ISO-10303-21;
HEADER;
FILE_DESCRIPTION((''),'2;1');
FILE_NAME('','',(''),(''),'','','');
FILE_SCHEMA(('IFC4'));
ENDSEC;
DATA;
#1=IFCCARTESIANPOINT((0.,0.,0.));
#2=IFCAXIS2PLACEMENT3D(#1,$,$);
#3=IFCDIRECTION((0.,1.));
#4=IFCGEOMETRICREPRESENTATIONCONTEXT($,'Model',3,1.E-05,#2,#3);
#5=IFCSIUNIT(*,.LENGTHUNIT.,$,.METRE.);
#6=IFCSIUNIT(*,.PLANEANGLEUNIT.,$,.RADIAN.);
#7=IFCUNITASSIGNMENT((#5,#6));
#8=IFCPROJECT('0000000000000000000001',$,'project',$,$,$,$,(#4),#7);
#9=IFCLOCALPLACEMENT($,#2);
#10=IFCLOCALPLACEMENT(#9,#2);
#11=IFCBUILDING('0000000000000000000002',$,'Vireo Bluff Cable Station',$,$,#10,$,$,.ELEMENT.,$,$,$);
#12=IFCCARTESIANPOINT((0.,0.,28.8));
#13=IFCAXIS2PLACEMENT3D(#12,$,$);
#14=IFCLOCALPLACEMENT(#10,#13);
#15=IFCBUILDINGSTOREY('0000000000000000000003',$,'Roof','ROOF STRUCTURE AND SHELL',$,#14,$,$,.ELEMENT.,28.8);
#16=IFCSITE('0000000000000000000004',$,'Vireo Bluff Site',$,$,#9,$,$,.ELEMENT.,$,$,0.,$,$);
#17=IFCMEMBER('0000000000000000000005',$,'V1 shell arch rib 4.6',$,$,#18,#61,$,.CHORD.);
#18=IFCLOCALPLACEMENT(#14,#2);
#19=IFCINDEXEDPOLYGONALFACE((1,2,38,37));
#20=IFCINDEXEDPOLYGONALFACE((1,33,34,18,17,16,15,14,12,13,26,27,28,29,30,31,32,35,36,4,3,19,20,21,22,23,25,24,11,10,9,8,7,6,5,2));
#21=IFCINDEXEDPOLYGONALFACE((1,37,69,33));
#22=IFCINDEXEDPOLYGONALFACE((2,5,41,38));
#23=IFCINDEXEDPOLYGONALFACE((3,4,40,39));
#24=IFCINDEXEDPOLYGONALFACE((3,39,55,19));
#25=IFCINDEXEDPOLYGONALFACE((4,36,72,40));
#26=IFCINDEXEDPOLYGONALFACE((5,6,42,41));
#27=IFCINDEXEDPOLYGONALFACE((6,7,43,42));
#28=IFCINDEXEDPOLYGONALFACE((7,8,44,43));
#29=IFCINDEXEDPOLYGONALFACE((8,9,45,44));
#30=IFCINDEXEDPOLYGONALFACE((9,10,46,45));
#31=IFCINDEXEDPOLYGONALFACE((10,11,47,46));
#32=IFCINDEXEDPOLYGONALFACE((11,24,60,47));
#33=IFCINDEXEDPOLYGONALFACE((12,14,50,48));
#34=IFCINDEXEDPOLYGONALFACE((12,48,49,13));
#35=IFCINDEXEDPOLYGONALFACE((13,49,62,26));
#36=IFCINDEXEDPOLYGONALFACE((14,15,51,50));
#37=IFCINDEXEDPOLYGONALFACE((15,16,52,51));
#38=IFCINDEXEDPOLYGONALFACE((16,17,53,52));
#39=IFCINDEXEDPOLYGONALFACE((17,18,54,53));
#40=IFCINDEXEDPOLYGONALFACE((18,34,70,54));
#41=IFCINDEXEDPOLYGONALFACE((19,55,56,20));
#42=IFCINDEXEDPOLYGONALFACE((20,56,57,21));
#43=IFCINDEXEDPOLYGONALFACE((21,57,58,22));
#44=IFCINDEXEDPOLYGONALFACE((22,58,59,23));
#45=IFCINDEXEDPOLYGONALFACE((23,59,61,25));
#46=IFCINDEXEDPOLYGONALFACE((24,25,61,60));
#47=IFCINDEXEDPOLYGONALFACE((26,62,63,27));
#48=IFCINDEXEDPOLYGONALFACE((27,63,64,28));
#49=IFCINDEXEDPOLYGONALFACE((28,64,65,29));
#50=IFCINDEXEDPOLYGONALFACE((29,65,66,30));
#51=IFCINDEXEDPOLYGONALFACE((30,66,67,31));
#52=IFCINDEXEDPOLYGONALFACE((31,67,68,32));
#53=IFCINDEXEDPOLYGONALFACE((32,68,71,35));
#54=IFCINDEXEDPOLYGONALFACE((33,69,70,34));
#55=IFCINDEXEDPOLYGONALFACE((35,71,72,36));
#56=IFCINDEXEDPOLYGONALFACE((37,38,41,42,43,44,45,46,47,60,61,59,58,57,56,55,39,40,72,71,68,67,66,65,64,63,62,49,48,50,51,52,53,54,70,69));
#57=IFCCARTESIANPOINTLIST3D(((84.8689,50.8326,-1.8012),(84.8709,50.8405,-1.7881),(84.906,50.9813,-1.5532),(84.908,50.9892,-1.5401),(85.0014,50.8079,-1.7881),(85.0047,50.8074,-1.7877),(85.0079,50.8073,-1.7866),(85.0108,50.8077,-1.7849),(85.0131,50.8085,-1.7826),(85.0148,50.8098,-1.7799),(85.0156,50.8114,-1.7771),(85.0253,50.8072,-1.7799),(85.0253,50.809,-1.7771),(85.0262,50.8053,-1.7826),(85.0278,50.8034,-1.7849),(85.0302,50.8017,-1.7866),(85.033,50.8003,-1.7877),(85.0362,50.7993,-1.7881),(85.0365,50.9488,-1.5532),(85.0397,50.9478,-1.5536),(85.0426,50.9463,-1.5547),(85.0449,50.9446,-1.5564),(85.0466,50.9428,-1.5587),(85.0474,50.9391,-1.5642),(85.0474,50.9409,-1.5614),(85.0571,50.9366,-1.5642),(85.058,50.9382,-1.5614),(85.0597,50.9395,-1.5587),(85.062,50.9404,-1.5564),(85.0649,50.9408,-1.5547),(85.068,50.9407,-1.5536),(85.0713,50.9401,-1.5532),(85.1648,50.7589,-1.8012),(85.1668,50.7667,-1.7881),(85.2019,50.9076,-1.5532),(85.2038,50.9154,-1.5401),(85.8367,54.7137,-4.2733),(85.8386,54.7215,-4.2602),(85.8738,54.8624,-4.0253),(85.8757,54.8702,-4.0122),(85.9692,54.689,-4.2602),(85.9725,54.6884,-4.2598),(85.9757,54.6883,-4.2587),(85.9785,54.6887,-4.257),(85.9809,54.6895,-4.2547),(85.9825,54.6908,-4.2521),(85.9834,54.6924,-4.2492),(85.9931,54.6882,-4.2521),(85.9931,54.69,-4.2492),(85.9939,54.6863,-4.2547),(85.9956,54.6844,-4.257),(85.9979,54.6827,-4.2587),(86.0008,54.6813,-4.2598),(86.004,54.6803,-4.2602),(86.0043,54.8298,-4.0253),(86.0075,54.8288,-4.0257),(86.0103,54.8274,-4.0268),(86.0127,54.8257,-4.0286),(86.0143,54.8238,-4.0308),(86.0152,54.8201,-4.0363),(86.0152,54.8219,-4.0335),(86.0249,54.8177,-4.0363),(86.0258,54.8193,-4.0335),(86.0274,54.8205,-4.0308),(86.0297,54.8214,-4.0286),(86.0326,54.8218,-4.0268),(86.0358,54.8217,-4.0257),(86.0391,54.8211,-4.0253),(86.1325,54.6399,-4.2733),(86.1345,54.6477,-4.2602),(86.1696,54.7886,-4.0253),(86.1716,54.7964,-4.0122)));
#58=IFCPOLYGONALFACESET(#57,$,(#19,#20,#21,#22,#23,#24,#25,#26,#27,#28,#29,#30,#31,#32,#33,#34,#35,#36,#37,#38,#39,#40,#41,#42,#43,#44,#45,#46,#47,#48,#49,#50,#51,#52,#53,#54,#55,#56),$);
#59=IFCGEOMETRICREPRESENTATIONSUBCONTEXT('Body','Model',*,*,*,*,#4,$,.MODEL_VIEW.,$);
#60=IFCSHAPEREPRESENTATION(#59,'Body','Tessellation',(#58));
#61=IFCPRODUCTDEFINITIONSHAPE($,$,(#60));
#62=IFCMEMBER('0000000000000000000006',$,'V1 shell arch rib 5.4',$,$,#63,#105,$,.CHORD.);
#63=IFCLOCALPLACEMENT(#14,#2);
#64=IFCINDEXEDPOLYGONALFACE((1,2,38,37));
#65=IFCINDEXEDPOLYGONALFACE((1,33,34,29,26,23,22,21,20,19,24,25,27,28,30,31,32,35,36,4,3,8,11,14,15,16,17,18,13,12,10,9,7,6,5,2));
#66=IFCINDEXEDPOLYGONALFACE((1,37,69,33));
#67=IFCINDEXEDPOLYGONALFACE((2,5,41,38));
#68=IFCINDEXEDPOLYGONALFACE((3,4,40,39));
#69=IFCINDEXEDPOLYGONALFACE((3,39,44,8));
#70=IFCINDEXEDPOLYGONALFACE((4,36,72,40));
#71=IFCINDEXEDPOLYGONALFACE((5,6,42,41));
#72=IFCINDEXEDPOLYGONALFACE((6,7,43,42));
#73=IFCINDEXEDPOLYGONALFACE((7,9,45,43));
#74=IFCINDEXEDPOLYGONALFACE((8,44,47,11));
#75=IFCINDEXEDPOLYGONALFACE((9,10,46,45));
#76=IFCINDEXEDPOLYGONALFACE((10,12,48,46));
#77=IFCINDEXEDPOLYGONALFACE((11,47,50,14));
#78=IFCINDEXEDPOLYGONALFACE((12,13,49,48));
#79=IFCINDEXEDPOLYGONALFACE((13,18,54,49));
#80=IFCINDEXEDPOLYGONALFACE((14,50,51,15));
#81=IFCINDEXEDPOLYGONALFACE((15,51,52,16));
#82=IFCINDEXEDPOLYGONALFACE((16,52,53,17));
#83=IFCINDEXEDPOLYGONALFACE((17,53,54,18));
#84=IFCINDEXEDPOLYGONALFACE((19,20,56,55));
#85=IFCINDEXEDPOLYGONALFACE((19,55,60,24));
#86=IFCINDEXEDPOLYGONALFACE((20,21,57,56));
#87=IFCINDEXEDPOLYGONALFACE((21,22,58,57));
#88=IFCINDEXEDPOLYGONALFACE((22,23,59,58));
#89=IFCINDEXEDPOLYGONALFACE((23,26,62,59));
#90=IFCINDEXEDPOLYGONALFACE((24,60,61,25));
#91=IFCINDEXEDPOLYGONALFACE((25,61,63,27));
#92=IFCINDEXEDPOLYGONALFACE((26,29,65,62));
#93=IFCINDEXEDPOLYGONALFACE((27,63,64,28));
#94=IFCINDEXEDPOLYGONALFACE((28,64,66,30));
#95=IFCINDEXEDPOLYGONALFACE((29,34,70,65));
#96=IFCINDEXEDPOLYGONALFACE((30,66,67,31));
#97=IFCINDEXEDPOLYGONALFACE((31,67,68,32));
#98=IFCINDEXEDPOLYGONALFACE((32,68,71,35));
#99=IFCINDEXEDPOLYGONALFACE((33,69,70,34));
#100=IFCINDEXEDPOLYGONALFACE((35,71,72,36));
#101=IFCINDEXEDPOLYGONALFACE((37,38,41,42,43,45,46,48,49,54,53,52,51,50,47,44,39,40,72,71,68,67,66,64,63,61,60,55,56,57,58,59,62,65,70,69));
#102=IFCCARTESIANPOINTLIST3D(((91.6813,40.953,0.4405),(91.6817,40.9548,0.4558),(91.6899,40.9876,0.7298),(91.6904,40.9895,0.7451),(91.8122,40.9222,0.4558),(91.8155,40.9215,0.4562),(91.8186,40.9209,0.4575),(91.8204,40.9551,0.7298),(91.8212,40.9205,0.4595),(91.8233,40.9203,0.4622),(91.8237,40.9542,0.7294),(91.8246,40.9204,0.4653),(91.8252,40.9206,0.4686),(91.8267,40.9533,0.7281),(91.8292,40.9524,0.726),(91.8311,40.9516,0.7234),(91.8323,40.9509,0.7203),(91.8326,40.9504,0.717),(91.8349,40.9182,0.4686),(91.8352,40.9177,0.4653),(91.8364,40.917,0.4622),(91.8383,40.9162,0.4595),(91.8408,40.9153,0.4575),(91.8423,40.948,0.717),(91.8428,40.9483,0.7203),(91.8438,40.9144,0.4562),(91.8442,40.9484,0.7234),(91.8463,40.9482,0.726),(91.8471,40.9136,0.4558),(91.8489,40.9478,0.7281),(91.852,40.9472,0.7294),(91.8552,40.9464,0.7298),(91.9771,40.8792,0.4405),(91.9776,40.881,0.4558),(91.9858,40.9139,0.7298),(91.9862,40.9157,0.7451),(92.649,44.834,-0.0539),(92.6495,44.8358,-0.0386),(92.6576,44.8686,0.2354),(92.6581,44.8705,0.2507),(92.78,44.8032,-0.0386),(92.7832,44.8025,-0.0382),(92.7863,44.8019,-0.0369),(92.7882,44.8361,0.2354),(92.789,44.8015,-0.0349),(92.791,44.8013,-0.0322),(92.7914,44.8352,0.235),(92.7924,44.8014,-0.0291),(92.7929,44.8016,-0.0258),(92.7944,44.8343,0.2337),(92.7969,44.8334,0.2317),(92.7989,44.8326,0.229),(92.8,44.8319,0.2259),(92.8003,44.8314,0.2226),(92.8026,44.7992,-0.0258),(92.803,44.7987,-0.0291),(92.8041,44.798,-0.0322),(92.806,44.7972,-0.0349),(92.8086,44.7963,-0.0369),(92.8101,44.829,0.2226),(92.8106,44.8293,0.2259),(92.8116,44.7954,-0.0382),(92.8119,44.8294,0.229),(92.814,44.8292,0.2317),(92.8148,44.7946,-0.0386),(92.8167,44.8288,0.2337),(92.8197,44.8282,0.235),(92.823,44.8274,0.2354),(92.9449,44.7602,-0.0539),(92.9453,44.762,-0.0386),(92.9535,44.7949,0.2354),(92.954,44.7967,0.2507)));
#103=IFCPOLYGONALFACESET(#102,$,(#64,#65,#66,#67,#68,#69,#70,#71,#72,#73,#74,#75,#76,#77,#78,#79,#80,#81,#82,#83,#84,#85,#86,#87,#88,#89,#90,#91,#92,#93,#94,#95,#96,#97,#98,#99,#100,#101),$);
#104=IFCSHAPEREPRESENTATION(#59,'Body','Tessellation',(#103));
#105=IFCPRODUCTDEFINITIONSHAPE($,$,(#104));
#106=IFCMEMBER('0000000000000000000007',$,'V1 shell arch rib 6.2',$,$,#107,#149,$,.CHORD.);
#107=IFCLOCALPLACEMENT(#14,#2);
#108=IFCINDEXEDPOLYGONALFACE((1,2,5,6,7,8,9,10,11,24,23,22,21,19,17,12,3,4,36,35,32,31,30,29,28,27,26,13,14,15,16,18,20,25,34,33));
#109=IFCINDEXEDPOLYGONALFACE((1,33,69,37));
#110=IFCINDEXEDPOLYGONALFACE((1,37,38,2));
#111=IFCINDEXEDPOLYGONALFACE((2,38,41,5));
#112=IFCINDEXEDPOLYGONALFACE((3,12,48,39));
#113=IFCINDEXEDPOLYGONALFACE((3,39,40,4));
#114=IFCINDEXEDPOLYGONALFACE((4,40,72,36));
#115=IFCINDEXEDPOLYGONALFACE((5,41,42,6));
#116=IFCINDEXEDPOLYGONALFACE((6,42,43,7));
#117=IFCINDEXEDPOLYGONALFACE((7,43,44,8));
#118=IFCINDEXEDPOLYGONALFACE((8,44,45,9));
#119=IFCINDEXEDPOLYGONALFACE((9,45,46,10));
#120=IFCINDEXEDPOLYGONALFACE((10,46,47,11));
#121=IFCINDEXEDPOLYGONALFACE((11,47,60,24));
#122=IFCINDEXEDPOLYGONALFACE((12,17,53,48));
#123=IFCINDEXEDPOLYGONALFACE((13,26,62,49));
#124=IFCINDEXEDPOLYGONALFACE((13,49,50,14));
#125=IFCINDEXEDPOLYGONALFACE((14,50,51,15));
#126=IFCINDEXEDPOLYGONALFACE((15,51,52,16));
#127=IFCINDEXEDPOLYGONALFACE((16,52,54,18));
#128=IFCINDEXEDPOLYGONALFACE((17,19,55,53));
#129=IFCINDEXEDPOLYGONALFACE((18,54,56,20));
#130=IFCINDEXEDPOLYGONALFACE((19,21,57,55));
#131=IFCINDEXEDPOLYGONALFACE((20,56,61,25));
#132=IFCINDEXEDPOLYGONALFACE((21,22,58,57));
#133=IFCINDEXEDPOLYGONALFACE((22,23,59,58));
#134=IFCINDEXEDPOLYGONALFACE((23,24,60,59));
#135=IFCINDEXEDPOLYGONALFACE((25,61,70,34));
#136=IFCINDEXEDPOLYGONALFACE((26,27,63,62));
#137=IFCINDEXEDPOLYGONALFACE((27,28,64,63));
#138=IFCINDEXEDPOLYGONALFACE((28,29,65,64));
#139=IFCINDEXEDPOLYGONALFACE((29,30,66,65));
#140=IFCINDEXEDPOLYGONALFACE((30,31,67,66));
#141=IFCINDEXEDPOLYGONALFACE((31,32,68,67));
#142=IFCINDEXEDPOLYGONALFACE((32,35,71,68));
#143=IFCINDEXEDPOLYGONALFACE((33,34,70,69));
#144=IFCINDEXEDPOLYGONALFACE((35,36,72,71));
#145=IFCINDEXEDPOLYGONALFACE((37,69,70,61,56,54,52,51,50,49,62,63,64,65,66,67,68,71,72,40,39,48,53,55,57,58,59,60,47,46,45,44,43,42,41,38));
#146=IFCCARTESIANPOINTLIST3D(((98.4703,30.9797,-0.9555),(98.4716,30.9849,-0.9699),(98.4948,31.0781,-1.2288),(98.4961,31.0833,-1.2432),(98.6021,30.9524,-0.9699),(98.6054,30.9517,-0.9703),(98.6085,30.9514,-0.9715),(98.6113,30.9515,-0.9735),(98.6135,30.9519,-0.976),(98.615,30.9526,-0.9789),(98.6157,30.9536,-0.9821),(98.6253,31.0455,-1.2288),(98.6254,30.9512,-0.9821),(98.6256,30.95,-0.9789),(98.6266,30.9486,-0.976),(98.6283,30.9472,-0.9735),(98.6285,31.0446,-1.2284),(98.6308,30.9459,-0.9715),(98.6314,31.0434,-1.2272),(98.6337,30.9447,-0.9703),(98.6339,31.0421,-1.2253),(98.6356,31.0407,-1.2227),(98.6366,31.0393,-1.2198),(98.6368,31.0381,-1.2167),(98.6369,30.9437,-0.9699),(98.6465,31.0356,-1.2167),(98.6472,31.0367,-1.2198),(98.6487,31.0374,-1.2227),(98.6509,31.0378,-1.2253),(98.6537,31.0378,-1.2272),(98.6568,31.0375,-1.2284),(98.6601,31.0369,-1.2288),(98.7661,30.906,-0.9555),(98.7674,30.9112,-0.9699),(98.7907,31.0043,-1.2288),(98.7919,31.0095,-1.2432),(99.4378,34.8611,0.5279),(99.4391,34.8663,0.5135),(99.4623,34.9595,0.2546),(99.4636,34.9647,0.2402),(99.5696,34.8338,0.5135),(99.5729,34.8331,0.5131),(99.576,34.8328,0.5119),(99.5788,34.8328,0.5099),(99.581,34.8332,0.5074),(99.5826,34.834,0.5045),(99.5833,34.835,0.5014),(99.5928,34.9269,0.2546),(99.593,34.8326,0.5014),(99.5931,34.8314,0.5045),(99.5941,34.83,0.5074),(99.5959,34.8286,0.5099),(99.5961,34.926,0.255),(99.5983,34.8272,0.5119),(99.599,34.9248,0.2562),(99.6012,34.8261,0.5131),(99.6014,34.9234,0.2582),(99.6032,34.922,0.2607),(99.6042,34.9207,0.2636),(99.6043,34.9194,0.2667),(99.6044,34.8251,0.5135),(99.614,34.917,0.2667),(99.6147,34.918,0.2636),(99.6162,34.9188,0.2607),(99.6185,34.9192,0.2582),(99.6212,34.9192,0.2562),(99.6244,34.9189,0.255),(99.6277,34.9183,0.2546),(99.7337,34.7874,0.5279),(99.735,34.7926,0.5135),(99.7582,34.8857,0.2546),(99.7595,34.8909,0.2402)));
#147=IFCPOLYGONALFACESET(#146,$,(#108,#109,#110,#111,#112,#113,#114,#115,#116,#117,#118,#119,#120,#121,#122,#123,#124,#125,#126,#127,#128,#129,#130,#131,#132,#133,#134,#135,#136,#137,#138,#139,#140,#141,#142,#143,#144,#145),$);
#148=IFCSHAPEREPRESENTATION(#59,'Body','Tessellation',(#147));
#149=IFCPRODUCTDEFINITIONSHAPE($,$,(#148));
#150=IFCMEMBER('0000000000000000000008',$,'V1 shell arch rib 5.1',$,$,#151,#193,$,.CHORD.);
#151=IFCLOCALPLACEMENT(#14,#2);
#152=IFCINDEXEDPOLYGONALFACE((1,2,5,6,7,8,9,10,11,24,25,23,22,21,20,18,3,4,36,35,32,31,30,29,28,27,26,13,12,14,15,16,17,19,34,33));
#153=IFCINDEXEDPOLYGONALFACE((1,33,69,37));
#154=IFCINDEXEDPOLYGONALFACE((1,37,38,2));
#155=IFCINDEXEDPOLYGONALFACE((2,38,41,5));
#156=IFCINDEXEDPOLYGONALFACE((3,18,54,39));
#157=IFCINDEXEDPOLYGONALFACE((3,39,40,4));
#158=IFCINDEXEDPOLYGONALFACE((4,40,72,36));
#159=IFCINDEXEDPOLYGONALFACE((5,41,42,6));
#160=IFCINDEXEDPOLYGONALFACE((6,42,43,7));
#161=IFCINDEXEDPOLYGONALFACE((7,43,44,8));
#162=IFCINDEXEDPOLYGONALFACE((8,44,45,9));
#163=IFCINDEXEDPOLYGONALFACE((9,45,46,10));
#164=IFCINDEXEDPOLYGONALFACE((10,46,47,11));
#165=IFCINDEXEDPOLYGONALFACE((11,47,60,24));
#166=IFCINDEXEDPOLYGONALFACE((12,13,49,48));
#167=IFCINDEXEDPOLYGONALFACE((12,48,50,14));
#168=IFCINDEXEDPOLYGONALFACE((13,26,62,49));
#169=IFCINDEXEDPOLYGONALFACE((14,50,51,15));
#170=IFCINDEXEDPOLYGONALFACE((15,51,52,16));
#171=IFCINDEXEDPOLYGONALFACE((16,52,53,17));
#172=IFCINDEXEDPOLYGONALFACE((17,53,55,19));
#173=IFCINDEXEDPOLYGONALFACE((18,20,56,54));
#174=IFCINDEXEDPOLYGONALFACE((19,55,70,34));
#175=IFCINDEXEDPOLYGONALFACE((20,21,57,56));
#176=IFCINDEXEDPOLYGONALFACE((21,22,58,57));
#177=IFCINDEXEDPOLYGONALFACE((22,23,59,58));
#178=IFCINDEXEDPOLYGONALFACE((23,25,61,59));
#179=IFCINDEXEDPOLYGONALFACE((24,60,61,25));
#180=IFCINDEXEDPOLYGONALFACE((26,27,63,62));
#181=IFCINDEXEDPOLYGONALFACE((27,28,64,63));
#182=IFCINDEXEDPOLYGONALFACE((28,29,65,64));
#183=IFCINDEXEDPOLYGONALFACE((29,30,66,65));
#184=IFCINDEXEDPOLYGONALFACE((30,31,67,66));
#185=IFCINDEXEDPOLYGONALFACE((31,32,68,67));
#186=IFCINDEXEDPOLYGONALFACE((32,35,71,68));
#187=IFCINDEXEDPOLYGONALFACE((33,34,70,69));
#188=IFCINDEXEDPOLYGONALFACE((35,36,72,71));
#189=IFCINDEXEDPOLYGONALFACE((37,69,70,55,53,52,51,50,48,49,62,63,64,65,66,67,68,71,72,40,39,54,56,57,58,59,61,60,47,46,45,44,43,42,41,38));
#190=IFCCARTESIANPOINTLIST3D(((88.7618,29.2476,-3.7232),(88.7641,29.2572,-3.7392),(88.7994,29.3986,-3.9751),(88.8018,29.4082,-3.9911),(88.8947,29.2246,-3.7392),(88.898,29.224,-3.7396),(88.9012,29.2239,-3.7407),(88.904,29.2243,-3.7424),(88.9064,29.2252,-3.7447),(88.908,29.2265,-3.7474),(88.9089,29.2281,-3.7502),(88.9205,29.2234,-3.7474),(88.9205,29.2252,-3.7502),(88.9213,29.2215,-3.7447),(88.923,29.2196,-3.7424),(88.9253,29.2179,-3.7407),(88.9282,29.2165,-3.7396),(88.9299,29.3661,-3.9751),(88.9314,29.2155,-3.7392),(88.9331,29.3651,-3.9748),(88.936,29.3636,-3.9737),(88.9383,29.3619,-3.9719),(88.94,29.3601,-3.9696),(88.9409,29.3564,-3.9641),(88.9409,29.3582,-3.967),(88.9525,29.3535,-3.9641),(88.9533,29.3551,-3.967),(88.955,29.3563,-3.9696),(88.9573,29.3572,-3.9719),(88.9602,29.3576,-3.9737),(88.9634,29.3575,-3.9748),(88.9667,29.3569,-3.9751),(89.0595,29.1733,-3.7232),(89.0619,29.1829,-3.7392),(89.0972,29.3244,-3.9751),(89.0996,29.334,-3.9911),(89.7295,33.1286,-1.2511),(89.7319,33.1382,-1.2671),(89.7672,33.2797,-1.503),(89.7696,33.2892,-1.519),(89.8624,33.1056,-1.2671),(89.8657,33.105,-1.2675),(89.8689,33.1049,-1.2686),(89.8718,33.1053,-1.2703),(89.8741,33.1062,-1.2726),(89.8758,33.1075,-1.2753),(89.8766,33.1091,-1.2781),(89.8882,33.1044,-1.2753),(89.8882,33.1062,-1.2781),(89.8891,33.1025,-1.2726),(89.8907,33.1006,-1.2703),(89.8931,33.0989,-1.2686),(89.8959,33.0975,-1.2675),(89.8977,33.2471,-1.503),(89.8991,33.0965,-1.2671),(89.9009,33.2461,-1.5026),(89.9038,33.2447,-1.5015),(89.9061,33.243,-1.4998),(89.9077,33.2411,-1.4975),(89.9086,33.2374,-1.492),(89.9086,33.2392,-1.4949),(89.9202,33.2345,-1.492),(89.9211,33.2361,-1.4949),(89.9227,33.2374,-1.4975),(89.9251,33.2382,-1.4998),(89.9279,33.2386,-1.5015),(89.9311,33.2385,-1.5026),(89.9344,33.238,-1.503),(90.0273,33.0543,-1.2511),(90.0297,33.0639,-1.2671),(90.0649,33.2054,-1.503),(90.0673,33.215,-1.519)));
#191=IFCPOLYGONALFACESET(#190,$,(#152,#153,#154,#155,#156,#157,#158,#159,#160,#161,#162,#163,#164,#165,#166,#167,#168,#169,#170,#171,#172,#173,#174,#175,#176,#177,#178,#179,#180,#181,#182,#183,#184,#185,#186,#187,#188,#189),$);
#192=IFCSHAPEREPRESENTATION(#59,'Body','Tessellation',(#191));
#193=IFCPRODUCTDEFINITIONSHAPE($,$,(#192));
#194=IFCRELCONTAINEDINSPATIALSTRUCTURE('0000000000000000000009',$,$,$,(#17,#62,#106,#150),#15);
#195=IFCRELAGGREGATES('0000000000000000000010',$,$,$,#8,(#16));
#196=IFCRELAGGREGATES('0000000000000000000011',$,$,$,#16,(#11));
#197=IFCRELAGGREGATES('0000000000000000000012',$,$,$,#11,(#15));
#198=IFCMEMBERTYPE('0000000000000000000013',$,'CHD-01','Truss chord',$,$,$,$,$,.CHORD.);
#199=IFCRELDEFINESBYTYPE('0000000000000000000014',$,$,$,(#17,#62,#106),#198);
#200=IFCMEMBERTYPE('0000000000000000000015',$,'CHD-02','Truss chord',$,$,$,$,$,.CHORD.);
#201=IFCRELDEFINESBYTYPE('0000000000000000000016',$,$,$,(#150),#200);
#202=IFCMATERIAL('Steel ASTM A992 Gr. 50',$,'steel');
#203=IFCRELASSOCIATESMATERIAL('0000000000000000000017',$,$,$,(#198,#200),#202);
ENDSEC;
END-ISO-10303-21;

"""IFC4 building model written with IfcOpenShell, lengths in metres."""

from ifc_helpers import new_model, si_unit, direction, frame, origin, origin_2d, place, context, subcontext, project, spatial, i_section, extrude, material, material_profile, profile_set, type_object, element, save


model = new_model("IFC4")

# Units and contexts
model_context = context("Model", 3, precision=1e-05, world=origin(), true_north=direction((0.0, 1.0)))
body_context = subcontext(model_context, "Body", "Model", "MODEL_VIEW")
ifc_project = project(units=[si_unit("LENGTHUNIT", "METRE"), si_unit("PLANEANGLEUNIT", "RADIAN")], contexts=[model_context])

# Site, building, storey
site_placement = place(None, origin())
site = spatial("IfcSite", under=ifc_project, at=site_placement, Name="Vireo Bluff Site", CompositionType="ELEMENT", RefElevation=0.0)
building_placement = place(site_placement, origin())
building = spatial("IfcBuilding", under=site, at=building_placement, Name="Vireo Bluff Cable Station", CompositionType="ELEMENT")
storey_placement = place(building_placement, frame((0.0, 0.0, 28.8)))
storey = spatial("IfcBuildingStorey", under=building, at=storey_placement, Name="Roof", Description="ROOF STRUCTURE AND SHELL", CompositionType="ELEMENT", Elevation=28.8)

# Members
ifc_material_1 = material(Name="Steel ASTM A992 Gr. 50", Category="steel")
ifc_material_profile_1 = material_profile(ifc_material_1, i_section(OverallWidth=0.3049, OverallDepth=0.3069, WebThickness=0.01, FlangeThickness=0.0154, FilletRadius=0.0129, at=origin_2d()), Name="W12X65")
ifc_profile_set_1 = profile_set([ifc_material_profile_1], Name="Steel ASTM A992 Gr. 50")
member_type_1 = type_object("IfcMemberType", Name="CHD-01", Description="Truss chord", PredefinedType="CHORD", material=ifc_profile_set_1)
member_1_placement = place(storey_placement, frame((85.0364, 50.874, -1.6707), z_axis=(0.205811, 0.825371, -0.525741), x_axis=(-0.97029, 0.241947, 0.0)))
element("IfcMember", 1, at=member_1_placement, inside=storey, type_object=member_type_1, Name="V1 shell arch rib 4.6", PredefinedType="CHORD", context=body_context, shape_type="SweptSolid", body=[
    extrude(i_section(OverallWidth=0.3049, OverallDepth=0.3069, WebThickness=0.01, FlangeThickness=0.0154, FilletRadius=0.0129, at=origin_2d()), origin(), (0.0, 0.0, 1.0), 4.7021),
])
member_2_placement = place(storey_placement, frame((91.8337, 40.9343, 0.5928), z_axis=(0.24012, 0.962962, -0.122665), x_axis=(-0.97029, 0.241947, 0.0)))
element("IfcMember", 2, at=member_2_placement, inside=storey, type_object=member_type_1, Name="V1 shell arch rib 5.4", PredefinedType="CHORD", context=body_context, shape_type="SweptSolid", body=[
    extrude(i_section(OverallWidth=0.3049, OverallDepth=0.3069, WebThickness=0.01, FlangeThickness=0.0154, FilletRadius=0.0129, at=origin_2d()), origin(), (0.0, 0.0, 1.0), 4.0303),
])
member_3_placement = place(storey_placement, frame((98.6311, 30.9946, -1.0994), z_axis=(0.226783, 0.909766, 0.3477), x_axis=(-0.970307, 0.241875, 0.0)))
element("IfcMember", 3, at=member_3_placement, inside=storey, type_object=member_type_1, Name="V1 shell arch rib 6.2", PredefinedType="CHORD", context=body_context, shape_type="SweptSolid", body=[
    extrude(i_section(OverallWidth=0.3049, OverallDepth=0.3069, WebThickness=0.01, FlangeThickness=0.0154, FilletRadius=0.0129, at=origin_2d()), origin(), (0.0, 0.0, 1.0), 4.2664),
])
ifc_material_profile_2 = material_profile(ifc_material_1, i_section(OverallWidth=0.3069, OverallDepth=0.3149, WebThickness=0.012, FlangeThickness=0.0188, FilletRadius=0.0129, at=origin_2d()), Name="W12X79")
ifc_profile_set_2 = profile_set([ifc_material_profile_2], Name="Steel ASTM A992 Gr. 50")
member_type_2 = type_object("IfcMemberType", Name="CHD-02", Description="Truss chord", PredefinedType="CHORD", material=ifc_profile_set_2)
member_4_placement = place(storey_placement, frame((88.9307, 29.2908, -3.8572), z_axis=(0.205811, 0.825371, 0.525741), x_axis=(-0.97029, 0.241947, 0.0)))
element("IfcMember", 4, at=member_4_placement, inside=storey, type_object=member_type_2, Name="V1 shell arch rib 5.1", PredefinedType="CHORD", context=body_context, shape_type="SweptSolid", body=[
    extrude(i_section(OverallWidth=0.3069, OverallDepth=0.3149, WebThickness=0.012, FlangeThickness=0.0188, FilletRadius=0.0129, at=origin_2d()), origin(), (0.0, 0.0, 1.0), 4.7021),
])

save(model, "model.ifc")
